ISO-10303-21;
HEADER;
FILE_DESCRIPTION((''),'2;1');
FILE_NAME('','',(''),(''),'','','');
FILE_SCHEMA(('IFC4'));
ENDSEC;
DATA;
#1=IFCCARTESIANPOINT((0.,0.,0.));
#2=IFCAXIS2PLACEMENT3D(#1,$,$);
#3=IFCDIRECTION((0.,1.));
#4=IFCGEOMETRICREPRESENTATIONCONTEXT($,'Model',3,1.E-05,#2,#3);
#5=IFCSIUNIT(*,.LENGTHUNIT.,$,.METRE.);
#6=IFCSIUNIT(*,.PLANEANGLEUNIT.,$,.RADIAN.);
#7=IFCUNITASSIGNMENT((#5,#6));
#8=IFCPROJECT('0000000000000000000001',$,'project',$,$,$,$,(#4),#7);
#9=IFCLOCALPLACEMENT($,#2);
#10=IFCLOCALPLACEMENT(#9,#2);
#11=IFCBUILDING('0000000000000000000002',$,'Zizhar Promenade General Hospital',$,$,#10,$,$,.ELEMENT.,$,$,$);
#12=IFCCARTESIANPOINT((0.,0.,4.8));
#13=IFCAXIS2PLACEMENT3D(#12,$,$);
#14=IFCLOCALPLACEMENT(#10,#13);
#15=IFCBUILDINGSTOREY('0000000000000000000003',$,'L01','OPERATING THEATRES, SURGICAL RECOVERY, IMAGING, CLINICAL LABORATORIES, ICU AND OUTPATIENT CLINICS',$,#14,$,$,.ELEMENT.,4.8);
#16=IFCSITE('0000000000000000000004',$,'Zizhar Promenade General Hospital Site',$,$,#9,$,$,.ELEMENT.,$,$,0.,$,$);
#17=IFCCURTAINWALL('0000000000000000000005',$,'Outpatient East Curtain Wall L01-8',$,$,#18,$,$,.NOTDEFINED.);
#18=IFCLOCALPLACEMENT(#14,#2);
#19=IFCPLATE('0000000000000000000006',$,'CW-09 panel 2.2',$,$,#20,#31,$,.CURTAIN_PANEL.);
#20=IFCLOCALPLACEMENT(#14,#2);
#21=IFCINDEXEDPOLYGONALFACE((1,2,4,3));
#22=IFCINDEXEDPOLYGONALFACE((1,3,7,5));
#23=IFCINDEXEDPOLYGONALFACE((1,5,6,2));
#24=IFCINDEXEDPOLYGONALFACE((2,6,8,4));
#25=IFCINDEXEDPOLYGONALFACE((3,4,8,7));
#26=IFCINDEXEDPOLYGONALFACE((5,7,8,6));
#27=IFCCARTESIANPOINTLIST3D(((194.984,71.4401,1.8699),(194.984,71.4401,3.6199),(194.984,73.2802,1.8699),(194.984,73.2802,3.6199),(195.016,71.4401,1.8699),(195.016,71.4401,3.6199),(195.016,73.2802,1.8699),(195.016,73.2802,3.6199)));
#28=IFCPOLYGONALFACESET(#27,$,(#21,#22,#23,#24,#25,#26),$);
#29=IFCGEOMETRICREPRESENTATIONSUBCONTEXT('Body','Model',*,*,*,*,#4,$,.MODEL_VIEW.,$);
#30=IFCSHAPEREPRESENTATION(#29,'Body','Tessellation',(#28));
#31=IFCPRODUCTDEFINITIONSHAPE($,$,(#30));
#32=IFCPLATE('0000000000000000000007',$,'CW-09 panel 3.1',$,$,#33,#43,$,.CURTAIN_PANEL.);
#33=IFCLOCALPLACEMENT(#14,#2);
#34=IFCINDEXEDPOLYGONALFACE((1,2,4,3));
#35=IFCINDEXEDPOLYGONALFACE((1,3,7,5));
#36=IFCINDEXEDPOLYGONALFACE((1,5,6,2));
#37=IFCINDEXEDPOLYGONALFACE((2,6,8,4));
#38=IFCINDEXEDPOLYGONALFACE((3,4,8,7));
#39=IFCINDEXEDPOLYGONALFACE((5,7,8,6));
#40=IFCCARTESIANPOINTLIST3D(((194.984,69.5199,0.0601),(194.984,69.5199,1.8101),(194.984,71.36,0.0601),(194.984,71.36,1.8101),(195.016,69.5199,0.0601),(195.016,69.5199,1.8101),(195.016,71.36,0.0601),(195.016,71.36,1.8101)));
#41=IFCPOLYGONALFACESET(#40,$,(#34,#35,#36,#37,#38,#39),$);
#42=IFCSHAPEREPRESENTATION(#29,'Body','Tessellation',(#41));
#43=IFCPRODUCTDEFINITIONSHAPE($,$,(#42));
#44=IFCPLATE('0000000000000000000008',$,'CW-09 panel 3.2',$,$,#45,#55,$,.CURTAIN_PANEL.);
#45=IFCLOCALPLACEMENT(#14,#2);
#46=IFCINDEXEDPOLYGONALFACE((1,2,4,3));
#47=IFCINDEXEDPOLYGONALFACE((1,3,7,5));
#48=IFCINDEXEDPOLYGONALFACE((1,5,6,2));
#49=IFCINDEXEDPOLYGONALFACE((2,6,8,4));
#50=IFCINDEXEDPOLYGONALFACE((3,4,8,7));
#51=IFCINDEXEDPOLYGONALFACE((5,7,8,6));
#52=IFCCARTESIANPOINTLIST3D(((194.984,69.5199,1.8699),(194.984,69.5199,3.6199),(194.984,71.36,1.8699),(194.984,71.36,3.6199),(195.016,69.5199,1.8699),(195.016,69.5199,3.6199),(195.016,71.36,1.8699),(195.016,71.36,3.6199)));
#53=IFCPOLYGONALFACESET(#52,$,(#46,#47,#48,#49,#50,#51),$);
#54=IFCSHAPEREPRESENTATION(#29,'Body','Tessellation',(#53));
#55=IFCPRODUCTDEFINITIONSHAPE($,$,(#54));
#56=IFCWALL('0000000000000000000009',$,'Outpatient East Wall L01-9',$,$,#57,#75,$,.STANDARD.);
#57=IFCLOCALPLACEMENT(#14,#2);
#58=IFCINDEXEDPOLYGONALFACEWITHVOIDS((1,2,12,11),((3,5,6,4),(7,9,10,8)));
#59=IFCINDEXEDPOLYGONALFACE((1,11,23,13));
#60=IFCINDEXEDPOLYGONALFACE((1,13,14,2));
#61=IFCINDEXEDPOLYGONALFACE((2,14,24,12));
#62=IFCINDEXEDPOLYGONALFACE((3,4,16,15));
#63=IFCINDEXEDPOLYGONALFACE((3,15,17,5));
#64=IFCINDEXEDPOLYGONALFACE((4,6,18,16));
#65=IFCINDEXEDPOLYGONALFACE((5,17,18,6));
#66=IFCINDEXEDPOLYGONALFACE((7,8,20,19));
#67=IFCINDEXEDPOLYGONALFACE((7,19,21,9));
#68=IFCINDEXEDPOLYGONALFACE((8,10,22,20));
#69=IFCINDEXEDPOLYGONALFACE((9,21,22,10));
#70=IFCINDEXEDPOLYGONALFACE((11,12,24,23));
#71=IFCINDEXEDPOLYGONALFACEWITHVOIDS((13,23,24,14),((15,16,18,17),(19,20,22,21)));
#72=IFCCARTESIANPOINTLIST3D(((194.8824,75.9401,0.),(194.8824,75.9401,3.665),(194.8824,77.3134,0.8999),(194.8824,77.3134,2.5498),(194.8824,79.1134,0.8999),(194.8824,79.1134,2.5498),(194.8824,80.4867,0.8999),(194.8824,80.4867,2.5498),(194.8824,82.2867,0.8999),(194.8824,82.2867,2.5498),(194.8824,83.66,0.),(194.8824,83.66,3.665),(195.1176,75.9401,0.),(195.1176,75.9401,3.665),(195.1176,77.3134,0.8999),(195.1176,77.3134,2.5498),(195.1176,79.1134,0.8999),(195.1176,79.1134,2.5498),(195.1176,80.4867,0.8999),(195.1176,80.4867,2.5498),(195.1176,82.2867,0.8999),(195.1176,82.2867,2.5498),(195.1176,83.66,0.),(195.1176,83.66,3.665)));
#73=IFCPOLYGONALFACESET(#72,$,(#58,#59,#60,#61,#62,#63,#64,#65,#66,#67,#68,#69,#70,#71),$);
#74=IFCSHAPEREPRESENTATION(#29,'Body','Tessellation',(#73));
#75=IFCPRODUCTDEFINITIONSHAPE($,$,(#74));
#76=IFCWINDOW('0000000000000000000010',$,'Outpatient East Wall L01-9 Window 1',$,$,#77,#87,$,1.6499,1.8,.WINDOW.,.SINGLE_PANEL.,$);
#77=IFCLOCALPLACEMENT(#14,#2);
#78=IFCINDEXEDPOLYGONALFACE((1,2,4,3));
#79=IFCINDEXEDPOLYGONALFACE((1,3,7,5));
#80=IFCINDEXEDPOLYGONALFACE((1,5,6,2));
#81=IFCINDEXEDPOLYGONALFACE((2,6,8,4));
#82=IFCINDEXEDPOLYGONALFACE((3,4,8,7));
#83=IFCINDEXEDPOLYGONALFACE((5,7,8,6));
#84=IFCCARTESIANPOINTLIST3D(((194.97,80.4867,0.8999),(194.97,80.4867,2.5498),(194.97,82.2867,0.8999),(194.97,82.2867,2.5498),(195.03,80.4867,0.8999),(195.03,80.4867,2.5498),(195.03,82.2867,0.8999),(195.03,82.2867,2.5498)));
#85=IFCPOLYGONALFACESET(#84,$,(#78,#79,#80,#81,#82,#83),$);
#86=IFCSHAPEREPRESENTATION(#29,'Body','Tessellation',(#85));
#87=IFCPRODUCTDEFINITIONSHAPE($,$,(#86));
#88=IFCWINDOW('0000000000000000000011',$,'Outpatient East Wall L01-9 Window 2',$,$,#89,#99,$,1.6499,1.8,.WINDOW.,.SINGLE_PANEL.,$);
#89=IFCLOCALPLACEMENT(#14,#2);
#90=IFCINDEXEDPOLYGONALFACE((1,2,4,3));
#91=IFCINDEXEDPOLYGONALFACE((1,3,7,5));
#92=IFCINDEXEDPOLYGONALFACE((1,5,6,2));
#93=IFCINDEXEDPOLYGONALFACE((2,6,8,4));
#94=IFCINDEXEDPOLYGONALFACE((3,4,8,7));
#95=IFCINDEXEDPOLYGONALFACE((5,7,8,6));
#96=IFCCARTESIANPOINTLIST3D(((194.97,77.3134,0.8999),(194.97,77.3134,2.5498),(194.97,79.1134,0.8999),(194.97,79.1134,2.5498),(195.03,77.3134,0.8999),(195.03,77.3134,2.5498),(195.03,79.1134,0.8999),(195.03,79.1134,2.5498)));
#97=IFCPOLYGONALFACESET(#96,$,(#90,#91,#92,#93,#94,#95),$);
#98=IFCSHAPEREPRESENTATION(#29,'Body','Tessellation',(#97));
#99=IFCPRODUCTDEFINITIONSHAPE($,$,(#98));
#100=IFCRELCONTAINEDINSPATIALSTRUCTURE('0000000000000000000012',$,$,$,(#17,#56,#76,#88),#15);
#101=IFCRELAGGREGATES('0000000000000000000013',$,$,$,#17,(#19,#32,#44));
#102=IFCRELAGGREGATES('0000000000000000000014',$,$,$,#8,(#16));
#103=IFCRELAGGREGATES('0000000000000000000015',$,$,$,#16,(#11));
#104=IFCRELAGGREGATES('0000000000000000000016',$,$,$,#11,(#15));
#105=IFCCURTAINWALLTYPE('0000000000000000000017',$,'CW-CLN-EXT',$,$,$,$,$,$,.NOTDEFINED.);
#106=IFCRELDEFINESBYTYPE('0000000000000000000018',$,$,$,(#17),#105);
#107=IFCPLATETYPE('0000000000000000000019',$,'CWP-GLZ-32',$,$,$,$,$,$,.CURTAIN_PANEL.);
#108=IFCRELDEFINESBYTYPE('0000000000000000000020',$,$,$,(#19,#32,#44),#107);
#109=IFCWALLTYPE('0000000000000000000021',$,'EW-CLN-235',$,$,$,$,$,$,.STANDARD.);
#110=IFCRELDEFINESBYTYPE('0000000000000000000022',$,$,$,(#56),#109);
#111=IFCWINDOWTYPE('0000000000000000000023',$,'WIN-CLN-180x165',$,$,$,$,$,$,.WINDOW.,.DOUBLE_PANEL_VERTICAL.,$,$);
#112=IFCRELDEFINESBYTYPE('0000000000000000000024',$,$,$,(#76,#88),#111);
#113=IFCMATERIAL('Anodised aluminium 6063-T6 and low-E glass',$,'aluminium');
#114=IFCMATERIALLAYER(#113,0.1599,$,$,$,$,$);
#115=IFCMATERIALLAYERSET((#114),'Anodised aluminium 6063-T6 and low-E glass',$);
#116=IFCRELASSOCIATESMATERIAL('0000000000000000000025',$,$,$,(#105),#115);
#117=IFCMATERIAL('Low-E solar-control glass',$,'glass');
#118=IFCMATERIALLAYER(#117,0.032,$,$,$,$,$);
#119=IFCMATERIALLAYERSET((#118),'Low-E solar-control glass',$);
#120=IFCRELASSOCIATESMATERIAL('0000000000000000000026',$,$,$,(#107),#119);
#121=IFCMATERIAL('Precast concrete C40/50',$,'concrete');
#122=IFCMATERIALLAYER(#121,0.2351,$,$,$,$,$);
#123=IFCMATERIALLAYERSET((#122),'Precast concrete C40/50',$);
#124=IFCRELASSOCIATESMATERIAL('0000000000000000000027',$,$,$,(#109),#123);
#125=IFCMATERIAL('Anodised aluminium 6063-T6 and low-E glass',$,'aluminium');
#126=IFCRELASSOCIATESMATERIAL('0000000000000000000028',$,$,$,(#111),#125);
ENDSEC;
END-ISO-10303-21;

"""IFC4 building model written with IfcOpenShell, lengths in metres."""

from ifc_helpers import new_model, si_unit, direction, frame, frame_2d, origin, origin_2d, place, context, subcontext, project, spatial, rectangle, extrude, material, layer, layer_set, type_object, element, fill, aggregate, save


model = new_model("IFC4")

# Units and contexts
model_context = context("Model", 3, precision=1e-05, world=origin(), true_north=direction((0.0, 1.0)))
body_context = subcontext(model_context, "Body", "Model", "MODEL_VIEW")
ifc_project = project(units=[si_unit("LENGTHUNIT", "METRE"), si_unit("PLANEANGLEUNIT", "RADIAN")], contexts=[model_context])

# Site, building, storey
site_placement = place(None, origin())
site = spatial("IfcSite", under=ifc_project, at=site_placement, Name="Zizhar Promenade General Hospital Site", CompositionType="ELEMENT", RefElevation=0.0)
building_placement = place(site_placement, origin())
building = spatial("IfcBuilding", under=site, at=building_placement, Name="Zizhar Promenade General Hospital", CompositionType="ELEMENT")
storey_placement = place(building_placement, frame((0.0, 0.0, 4.8)))
storey = spatial("IfcBuildingStorey", under=building, at=storey_placement, Name="L01", Description="OPERATING THEATRES, SURGICAL RECOVERY, IMAGING, CLINICAL LABORATORIES, ICU AND OUTPATIENT CLINICS", CompositionType="ELEMENT", Elevation=4.8)

# Curtain wall, plates
ifc_material_1 = material(Name="Anodised aluminium 6063-T6 and low-E glass", Category="aluminium")
ifc_layer_1 = layer(ifc_material_1, 0.1599)
ifc_layer_set_1 = layer_set([ifc_layer_1], Name="Anodised aluminium 6063-T6 and low-E glass")
curtain_wall_type = type_object("IfcCurtainWallType", Name="CW-CLN-EXT", PredefinedType="NOTDEFINED", material=ifc_layer_set_1)
curtain_wall_placement = place(storey_placement, origin())
curtain_wall = element("IfcCurtainWall", 1, at=curtain_wall_placement, inside=storey, type_object=curtain_wall_type, Name="Outpatient East Curtain Wall L01-8", PredefinedType="NOTDEFINED")
ifc_material_2 = material(Name="Low-E solar-control glass", Category="glass")
ifc_layer_2 = layer(ifc_material_2, 0.032)
ifc_layer_set_2 = layer_set([ifc_layer_2], Name="Low-E solar-control glass")
plate_type = type_object("IfcPlateType", Name="CWP-GLZ-32", PredefinedType="CURTAIN_PANEL", material=ifc_layer_set_2)
plate_1_placement = place(storey_placement, frame((195.0, 72.3601, 1.8699), z_axis=(0.0, 0.0, 1.0), x_axis=(0.0, -1.0, 0.0)))
plate_1 = element("IfcPlate", 2, at=plate_1_placement, type_object=plate_type, Name="CW-09 panel 2.2", PredefinedType="CURTAIN_PANEL", context=body_context, shape_type="SweptSolid", body=[
    extrude(rectangle(XDim=1.8401, YDim=0.032, at=origin_2d()), origin(), (0.0, 0.0, 1.0), 1.75),
])
plate_2_placement = place(storey_placement, frame((195.0, 70.4399, 0.0601), z_axis=(0.0, 0.0, 1.0), x_axis=(0.0, -1.0, 0.0)))
plate_2 = element("IfcPlate", 3, at=plate_2_placement, type_object=plate_type, Name="CW-09 panel 3.1", PredefinedType="CURTAIN_PANEL", context=body_context, shape_type="SweptSolid", body=[
    extrude(rectangle(XDim=1.8401, YDim=0.032, at=origin_2d()), origin(), (0.0, 0.0, 1.0), 1.75),
])
plate_3_placement = place(storey_placement, frame((195.0, 70.4399, 1.8699), z_axis=(0.0, 0.0, 1.0), x_axis=(0.0, -1.0, 0.0)))
plate_3 = element("IfcPlate", 4, at=plate_3_placement, type_object=plate_type, Name="CW-09 panel 3.2", PredefinedType="CURTAIN_PANEL", context=body_context, shape_type="SweptSolid", body=[
    extrude(rectangle(XDim=1.8401, YDim=0.032, at=origin_2d()), origin(), (0.0, 0.0, 1.0), 1.75),
])
aggregate(curtain_wall, [plate_1, plate_2, plate_3])

# Wall, openings, windows
ifc_material_3 = material(Name="Precast concrete C40/50", Category="concrete")
ifc_layer_3 = layer(ifc_material_3, 0.2351)
ifc_layer_set_3 = layer_set([ifc_layer_3], Name="Precast concrete C40/50")
wall_type = type_object("IfcWallType", Name="EW-CLN-235", PredefinedType="STANDARD", material=ifc_layer_set_3)
wall_placement = place(storey_placement, frame((195.0, 83.6599, 0.0), z_axis=(0.0, 0.0, 1.0), x_axis=(0.0, -1.0, 0.0)))
wall = element("IfcWall", 5, at=wall_placement, inside=storey, type_object=wall_type, Name="Outpatient East Wall L01-9", PredefinedType="STANDARD", context=body_context, shape_type="SweptSolid", body=[
    extrude(rectangle(XDim=7.72, YDim=0.2351, at=frame_2d((3.8599, 0.0))), origin(), (0.0, 0.0, 1.0), 3.665),
])
opening_1_placement = place(wall_placement, frame((1.3733, 0.0, 0.8999)))
opening_1 = element("IfcOpeningElement", 6, at=opening_1_placement, cuts=wall, PredefinedType="OPENING", context=body_context, shape_type="SweptSolid", body=[
    extrude(rectangle(XDim=1.8, YDim=1.6499, at=frame_2d((0.8999, 0.825))), frame((0.0, 0.1274, 0.0), z_axis=(0.0, -1.0, 0.0), x_axis=(1.0, 0.0, 0.0)), (0.0, 0.0, 1.0), 0.2551),
])
opening_2_placement = place(wall_placement, frame((4.5466, 0.0, 0.8999)))
opening_2 = element("IfcOpeningElement", 7, at=opening_2_placement, cuts=wall, PredefinedType="OPENING", context=body_context, shape_type="SweptSolid", body=[
    extrude(rectangle(XDim=1.8, YDim=1.6499, at=frame_2d((0.8999, 0.825))), frame((0.0, 0.1274, 0.0), z_axis=(0.0, -1.0, 0.0), x_axis=(1.0, 0.0, 0.0)), (0.0, 0.0, 1.0), 0.2551),
])
ifc_material_4 = material(Name="Anodised aluminium 6063-T6 and low-E glass", Category="aluminium")
window_type = type_object("IfcWindowType", Name="WIN-CLN-180x165", PartitioningType="DOUBLE_PANEL_VERTICAL", PredefinedType="WINDOW", material=ifc_material_4)
window_1_placement = place(opening_1_placement, origin())
window_1 = element("IfcWindow", 8, at=window_1_placement, inside=storey, type_object=window_type, Name="Outpatient East Wall L01-9 Window 1", OverallHeight=1.6499, OverallWidth=1.8, PartitioningType="SINGLE_PANEL", PredefinedType="WINDOW", context=body_context, shape_type="SweptSolid", body=[
    extrude(rectangle(XDim=1.8, YDim=1.6499, at=frame_2d((0.8999, 0.825))), frame((0.0, 0.03, 0.0), z_axis=(0.0, -1.0, 0.0), x_axis=(1.0, 0.0, 0.0)), (0.0, 0.0, 1.0), 0.0601),
])
fill(opening_1, window_1)
window_2_placement = place(opening_2_placement, origin())
window_2 = element("IfcWindow", 9, at=window_2_placement, inside=storey, type_object=window_type, Name="Outpatient East Wall L01-9 Window 2", OverallHeight=1.6499, OverallWidth=1.8, PartitioningType="SINGLE_PANEL", PredefinedType="WINDOW", context=body_context, shape_type="SweptSolid", body=[
    extrude(rectangle(XDim=1.8, YDim=1.6499, at=frame_2d((0.8999, 0.825))), frame((0.0, 0.03, 0.0), z_axis=(0.0, -1.0, 0.0), x_axis=(1.0, 0.0, 0.0)), (0.0, 0.0, 1.0), 0.0601),
])
fill(opening_2, window_2)

save(model, "model.ifc")
